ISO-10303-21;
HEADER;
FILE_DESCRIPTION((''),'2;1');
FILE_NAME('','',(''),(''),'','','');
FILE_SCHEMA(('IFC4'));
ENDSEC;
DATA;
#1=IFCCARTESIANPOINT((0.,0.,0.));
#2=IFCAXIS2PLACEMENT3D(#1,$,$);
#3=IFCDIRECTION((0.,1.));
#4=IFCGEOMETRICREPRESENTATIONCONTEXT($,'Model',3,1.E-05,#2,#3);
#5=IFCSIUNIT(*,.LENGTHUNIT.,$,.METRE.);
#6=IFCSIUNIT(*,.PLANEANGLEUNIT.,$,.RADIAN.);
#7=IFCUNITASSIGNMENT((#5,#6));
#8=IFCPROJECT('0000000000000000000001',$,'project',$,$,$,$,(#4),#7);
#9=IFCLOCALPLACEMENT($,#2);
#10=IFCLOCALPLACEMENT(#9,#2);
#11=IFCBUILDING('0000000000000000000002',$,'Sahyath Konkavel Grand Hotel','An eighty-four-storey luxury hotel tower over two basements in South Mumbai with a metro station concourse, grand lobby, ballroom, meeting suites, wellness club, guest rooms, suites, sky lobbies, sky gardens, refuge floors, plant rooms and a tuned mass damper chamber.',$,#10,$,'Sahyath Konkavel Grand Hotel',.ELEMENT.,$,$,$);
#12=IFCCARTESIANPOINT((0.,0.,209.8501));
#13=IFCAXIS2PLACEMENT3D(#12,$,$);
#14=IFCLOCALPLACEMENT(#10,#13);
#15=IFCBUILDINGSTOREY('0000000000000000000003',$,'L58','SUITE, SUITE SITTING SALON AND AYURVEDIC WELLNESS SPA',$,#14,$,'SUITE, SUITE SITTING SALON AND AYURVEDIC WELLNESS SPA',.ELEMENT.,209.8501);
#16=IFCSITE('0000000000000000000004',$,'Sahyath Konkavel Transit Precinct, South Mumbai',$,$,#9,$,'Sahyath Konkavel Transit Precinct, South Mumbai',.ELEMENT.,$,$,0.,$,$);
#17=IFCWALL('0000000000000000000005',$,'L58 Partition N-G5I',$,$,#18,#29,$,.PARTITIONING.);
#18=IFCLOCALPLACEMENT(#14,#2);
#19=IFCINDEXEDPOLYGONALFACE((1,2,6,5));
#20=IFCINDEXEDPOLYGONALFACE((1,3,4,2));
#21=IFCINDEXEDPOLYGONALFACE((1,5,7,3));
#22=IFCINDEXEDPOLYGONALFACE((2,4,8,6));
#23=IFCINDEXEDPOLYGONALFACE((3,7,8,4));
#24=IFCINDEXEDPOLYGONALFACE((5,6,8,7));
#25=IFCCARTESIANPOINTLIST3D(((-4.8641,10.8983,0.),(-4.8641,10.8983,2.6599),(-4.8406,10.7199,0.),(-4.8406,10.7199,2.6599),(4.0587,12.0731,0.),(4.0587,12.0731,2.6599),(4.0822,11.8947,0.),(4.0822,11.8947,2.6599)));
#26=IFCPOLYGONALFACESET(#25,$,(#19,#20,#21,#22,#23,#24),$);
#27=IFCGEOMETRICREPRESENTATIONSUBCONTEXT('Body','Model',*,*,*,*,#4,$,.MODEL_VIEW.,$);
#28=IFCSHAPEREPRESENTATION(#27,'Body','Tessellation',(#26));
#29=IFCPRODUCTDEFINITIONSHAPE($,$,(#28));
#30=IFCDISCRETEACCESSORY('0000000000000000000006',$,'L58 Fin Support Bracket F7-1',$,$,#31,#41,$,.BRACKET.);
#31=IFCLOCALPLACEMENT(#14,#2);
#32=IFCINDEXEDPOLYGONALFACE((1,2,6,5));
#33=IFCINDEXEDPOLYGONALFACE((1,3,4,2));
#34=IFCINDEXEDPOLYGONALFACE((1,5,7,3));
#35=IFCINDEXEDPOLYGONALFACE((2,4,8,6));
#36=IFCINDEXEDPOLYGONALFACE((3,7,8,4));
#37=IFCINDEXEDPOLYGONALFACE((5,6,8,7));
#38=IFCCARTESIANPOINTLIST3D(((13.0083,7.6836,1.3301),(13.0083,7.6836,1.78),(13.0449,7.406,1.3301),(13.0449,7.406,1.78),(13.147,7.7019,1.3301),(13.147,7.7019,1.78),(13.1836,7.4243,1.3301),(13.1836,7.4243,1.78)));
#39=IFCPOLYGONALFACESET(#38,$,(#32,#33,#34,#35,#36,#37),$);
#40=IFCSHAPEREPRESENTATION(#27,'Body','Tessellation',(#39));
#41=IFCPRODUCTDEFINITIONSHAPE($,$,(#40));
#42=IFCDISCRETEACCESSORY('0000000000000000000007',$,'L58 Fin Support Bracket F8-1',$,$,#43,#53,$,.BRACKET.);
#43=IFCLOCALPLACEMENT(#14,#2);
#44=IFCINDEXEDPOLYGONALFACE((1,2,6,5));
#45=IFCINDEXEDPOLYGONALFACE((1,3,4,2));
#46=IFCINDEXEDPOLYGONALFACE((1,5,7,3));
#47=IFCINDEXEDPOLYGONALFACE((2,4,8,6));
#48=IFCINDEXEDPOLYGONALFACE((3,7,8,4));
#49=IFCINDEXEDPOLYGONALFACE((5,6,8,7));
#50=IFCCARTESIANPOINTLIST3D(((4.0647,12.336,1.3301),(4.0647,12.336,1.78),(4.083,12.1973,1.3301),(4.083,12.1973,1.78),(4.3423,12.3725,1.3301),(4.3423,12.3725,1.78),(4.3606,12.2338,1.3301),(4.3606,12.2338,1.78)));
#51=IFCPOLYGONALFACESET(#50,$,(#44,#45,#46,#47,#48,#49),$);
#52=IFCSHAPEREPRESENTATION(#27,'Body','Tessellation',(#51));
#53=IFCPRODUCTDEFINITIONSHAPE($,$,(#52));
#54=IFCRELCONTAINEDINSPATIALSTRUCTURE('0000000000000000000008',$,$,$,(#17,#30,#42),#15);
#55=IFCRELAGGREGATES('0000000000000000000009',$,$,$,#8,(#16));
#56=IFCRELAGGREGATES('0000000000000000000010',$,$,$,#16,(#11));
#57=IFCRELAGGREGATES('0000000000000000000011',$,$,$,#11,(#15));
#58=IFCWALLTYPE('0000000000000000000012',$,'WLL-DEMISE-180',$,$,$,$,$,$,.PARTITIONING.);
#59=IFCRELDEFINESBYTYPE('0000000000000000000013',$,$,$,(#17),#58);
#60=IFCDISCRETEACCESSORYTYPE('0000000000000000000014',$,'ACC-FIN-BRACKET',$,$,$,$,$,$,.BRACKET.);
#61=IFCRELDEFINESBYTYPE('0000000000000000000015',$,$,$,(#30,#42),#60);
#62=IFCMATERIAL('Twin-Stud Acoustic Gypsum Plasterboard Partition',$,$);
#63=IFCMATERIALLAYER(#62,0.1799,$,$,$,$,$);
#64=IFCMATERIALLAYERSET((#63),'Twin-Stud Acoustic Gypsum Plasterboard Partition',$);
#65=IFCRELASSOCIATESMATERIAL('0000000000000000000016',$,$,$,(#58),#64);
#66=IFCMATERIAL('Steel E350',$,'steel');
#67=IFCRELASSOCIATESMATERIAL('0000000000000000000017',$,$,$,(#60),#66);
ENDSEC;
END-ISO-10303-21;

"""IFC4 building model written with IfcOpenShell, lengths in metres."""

from ifc_helpers import new_model, si_unit, direction, frame, frame_2d, origin, origin_2d, place, context, subcontext, project, spatial, rectangle, extrude, source, transform, mapped, material, layer, layer_set, type_object, element, save


model = new_model("IFC4")

# Units and contexts
model_context = context("Model", 3, precision=1e-05, world=origin(), true_north=direction((0.0, 1.0)))
body_context = subcontext(model_context, "Body", "Model", "MODEL_VIEW")
ifc_project = project(units=[si_unit("LENGTHUNIT", "METRE"), si_unit("PLANEANGLEUNIT", "RADIAN")], contexts=[model_context])

# Site, building, storey
site_placement = place(None, origin())
site = spatial("IfcSite", under=ifc_project, at=site_placement, Name="Sahyath Konkavel Transit Precinct, South Mumbai", LongName="Sahyath Konkavel Transit Precinct, South Mumbai", CompositionType="ELEMENT", RefElevation=0.0)
building_placement = place(site_placement, origin())
building = spatial("IfcBuilding", under=site, at=building_placement, Name="Sahyath Konkavel Grand Hotel", Description="An eighty-four-storey luxury hotel tower over two basements in South Mumbai with a metro station concourse, grand lobby, ballroom, meeting suites, wellness club, guest rooms, suites, sky lobbies, sky gardens, refuge floors, plant rooms and a tuned mass damper chamber.", LongName="Sahyath Konkavel Grand Hotel", CompositionType="ELEMENT")
storey_placement = place(building_placement, frame((0.0, 0.0, 209.8501)))
storey = spatial("IfcBuildingStorey", under=building, at=storey_placement, Name="L58", Description="SUITE, SUITE SITTING SALON AND AYURVEDIC WELLNESS SPA", LongName="SUITE, SUITE SITTING SALON AND AYURVEDIC WELLNESS SPA", CompositionType="ELEMENT", Elevation=209.8501)

# Shared definitions
ifc_material_1 = material(Name="Steel E350", Category="steel")

# Wall
ifc_material_2 = material(Name="Twin-Stud Acoustic Gypsum Plasterboard Partition")
ifc_layer_1 = layer(ifc_material_2, 0.1799)
ifc_layer_set_1 = layer_set([ifc_layer_1], Name="Twin-Stud Acoustic Gypsum Plasterboard Partition")
wall_type_1 = type_object("IfcWallType", Name="WLL-DEMISE-180", PredefinedType="PARTITIONING", material=ifc_layer_set_1)
wall_1_placement = place(storey_placement, frame((4.0706, 11.9839, 0.0), z_axis=(0.0, 0.0, 1.0), x_axis=(-0.991444, -0.130536, 0.0)))
element("IfcWall", 1, at=wall_1_placement, inside=storey, type_object=wall_type_1, Name="L58 Partition N-G5I", PredefinedType="PARTITIONING", context=body_context, shape_type="SweptSolid", body=[
    extrude(rectangle(XDim=8.9998, YDim=0.1799, at=frame_2d((4.5, 0.0))), origin(), (0.0, 0.0, 1.0), 2.6599),
])

# Discrete accessories
discrete_accessory_type = type_object("IfcDiscreteAccessoryType", Name="ACC-FIN-BRACKET", PredefinedType="BRACKET", material=ifc_material_1)
shared_shape_1 = source(origin(), body_context, "Body", "SweptSolid", [
    extrude(rectangle(XDim=0.28, YDim=0.1399, at=origin_2d()), origin(), (0.0, 0.0, 1.0), 0.45),
])
for number, where, z_axis, x_axis, name in (
    (2, (13.0959, 7.554, 1.3301), (0.0, 0.0, 1.0), (-0.130526, 0.991445, 0.0), "L58 Fin Support Bracket F7-1"),
    (3, (4.2126, 12.2849, 1.3301), (0.0, 0.0, 1.0), (0.991445, 0.130526, 0.0), "L58 Fin Support Bracket F8-1"),
):
    element("IfcDiscreteAccessory", number, at=place(storey_placement, frame(where, z_axis=z_axis, x_axis=x_axis)), inside=storey, type_object=discrete_accessory_type, Name=name, PredefinedType="BRACKET", context=body_context, shape_type="MappedRepresentation", body=[
        mapped(shared_shape_1, transform((0.0, 0.0, 0.0), scale=1.0)),
    ])

save(model, "model.ifc")
